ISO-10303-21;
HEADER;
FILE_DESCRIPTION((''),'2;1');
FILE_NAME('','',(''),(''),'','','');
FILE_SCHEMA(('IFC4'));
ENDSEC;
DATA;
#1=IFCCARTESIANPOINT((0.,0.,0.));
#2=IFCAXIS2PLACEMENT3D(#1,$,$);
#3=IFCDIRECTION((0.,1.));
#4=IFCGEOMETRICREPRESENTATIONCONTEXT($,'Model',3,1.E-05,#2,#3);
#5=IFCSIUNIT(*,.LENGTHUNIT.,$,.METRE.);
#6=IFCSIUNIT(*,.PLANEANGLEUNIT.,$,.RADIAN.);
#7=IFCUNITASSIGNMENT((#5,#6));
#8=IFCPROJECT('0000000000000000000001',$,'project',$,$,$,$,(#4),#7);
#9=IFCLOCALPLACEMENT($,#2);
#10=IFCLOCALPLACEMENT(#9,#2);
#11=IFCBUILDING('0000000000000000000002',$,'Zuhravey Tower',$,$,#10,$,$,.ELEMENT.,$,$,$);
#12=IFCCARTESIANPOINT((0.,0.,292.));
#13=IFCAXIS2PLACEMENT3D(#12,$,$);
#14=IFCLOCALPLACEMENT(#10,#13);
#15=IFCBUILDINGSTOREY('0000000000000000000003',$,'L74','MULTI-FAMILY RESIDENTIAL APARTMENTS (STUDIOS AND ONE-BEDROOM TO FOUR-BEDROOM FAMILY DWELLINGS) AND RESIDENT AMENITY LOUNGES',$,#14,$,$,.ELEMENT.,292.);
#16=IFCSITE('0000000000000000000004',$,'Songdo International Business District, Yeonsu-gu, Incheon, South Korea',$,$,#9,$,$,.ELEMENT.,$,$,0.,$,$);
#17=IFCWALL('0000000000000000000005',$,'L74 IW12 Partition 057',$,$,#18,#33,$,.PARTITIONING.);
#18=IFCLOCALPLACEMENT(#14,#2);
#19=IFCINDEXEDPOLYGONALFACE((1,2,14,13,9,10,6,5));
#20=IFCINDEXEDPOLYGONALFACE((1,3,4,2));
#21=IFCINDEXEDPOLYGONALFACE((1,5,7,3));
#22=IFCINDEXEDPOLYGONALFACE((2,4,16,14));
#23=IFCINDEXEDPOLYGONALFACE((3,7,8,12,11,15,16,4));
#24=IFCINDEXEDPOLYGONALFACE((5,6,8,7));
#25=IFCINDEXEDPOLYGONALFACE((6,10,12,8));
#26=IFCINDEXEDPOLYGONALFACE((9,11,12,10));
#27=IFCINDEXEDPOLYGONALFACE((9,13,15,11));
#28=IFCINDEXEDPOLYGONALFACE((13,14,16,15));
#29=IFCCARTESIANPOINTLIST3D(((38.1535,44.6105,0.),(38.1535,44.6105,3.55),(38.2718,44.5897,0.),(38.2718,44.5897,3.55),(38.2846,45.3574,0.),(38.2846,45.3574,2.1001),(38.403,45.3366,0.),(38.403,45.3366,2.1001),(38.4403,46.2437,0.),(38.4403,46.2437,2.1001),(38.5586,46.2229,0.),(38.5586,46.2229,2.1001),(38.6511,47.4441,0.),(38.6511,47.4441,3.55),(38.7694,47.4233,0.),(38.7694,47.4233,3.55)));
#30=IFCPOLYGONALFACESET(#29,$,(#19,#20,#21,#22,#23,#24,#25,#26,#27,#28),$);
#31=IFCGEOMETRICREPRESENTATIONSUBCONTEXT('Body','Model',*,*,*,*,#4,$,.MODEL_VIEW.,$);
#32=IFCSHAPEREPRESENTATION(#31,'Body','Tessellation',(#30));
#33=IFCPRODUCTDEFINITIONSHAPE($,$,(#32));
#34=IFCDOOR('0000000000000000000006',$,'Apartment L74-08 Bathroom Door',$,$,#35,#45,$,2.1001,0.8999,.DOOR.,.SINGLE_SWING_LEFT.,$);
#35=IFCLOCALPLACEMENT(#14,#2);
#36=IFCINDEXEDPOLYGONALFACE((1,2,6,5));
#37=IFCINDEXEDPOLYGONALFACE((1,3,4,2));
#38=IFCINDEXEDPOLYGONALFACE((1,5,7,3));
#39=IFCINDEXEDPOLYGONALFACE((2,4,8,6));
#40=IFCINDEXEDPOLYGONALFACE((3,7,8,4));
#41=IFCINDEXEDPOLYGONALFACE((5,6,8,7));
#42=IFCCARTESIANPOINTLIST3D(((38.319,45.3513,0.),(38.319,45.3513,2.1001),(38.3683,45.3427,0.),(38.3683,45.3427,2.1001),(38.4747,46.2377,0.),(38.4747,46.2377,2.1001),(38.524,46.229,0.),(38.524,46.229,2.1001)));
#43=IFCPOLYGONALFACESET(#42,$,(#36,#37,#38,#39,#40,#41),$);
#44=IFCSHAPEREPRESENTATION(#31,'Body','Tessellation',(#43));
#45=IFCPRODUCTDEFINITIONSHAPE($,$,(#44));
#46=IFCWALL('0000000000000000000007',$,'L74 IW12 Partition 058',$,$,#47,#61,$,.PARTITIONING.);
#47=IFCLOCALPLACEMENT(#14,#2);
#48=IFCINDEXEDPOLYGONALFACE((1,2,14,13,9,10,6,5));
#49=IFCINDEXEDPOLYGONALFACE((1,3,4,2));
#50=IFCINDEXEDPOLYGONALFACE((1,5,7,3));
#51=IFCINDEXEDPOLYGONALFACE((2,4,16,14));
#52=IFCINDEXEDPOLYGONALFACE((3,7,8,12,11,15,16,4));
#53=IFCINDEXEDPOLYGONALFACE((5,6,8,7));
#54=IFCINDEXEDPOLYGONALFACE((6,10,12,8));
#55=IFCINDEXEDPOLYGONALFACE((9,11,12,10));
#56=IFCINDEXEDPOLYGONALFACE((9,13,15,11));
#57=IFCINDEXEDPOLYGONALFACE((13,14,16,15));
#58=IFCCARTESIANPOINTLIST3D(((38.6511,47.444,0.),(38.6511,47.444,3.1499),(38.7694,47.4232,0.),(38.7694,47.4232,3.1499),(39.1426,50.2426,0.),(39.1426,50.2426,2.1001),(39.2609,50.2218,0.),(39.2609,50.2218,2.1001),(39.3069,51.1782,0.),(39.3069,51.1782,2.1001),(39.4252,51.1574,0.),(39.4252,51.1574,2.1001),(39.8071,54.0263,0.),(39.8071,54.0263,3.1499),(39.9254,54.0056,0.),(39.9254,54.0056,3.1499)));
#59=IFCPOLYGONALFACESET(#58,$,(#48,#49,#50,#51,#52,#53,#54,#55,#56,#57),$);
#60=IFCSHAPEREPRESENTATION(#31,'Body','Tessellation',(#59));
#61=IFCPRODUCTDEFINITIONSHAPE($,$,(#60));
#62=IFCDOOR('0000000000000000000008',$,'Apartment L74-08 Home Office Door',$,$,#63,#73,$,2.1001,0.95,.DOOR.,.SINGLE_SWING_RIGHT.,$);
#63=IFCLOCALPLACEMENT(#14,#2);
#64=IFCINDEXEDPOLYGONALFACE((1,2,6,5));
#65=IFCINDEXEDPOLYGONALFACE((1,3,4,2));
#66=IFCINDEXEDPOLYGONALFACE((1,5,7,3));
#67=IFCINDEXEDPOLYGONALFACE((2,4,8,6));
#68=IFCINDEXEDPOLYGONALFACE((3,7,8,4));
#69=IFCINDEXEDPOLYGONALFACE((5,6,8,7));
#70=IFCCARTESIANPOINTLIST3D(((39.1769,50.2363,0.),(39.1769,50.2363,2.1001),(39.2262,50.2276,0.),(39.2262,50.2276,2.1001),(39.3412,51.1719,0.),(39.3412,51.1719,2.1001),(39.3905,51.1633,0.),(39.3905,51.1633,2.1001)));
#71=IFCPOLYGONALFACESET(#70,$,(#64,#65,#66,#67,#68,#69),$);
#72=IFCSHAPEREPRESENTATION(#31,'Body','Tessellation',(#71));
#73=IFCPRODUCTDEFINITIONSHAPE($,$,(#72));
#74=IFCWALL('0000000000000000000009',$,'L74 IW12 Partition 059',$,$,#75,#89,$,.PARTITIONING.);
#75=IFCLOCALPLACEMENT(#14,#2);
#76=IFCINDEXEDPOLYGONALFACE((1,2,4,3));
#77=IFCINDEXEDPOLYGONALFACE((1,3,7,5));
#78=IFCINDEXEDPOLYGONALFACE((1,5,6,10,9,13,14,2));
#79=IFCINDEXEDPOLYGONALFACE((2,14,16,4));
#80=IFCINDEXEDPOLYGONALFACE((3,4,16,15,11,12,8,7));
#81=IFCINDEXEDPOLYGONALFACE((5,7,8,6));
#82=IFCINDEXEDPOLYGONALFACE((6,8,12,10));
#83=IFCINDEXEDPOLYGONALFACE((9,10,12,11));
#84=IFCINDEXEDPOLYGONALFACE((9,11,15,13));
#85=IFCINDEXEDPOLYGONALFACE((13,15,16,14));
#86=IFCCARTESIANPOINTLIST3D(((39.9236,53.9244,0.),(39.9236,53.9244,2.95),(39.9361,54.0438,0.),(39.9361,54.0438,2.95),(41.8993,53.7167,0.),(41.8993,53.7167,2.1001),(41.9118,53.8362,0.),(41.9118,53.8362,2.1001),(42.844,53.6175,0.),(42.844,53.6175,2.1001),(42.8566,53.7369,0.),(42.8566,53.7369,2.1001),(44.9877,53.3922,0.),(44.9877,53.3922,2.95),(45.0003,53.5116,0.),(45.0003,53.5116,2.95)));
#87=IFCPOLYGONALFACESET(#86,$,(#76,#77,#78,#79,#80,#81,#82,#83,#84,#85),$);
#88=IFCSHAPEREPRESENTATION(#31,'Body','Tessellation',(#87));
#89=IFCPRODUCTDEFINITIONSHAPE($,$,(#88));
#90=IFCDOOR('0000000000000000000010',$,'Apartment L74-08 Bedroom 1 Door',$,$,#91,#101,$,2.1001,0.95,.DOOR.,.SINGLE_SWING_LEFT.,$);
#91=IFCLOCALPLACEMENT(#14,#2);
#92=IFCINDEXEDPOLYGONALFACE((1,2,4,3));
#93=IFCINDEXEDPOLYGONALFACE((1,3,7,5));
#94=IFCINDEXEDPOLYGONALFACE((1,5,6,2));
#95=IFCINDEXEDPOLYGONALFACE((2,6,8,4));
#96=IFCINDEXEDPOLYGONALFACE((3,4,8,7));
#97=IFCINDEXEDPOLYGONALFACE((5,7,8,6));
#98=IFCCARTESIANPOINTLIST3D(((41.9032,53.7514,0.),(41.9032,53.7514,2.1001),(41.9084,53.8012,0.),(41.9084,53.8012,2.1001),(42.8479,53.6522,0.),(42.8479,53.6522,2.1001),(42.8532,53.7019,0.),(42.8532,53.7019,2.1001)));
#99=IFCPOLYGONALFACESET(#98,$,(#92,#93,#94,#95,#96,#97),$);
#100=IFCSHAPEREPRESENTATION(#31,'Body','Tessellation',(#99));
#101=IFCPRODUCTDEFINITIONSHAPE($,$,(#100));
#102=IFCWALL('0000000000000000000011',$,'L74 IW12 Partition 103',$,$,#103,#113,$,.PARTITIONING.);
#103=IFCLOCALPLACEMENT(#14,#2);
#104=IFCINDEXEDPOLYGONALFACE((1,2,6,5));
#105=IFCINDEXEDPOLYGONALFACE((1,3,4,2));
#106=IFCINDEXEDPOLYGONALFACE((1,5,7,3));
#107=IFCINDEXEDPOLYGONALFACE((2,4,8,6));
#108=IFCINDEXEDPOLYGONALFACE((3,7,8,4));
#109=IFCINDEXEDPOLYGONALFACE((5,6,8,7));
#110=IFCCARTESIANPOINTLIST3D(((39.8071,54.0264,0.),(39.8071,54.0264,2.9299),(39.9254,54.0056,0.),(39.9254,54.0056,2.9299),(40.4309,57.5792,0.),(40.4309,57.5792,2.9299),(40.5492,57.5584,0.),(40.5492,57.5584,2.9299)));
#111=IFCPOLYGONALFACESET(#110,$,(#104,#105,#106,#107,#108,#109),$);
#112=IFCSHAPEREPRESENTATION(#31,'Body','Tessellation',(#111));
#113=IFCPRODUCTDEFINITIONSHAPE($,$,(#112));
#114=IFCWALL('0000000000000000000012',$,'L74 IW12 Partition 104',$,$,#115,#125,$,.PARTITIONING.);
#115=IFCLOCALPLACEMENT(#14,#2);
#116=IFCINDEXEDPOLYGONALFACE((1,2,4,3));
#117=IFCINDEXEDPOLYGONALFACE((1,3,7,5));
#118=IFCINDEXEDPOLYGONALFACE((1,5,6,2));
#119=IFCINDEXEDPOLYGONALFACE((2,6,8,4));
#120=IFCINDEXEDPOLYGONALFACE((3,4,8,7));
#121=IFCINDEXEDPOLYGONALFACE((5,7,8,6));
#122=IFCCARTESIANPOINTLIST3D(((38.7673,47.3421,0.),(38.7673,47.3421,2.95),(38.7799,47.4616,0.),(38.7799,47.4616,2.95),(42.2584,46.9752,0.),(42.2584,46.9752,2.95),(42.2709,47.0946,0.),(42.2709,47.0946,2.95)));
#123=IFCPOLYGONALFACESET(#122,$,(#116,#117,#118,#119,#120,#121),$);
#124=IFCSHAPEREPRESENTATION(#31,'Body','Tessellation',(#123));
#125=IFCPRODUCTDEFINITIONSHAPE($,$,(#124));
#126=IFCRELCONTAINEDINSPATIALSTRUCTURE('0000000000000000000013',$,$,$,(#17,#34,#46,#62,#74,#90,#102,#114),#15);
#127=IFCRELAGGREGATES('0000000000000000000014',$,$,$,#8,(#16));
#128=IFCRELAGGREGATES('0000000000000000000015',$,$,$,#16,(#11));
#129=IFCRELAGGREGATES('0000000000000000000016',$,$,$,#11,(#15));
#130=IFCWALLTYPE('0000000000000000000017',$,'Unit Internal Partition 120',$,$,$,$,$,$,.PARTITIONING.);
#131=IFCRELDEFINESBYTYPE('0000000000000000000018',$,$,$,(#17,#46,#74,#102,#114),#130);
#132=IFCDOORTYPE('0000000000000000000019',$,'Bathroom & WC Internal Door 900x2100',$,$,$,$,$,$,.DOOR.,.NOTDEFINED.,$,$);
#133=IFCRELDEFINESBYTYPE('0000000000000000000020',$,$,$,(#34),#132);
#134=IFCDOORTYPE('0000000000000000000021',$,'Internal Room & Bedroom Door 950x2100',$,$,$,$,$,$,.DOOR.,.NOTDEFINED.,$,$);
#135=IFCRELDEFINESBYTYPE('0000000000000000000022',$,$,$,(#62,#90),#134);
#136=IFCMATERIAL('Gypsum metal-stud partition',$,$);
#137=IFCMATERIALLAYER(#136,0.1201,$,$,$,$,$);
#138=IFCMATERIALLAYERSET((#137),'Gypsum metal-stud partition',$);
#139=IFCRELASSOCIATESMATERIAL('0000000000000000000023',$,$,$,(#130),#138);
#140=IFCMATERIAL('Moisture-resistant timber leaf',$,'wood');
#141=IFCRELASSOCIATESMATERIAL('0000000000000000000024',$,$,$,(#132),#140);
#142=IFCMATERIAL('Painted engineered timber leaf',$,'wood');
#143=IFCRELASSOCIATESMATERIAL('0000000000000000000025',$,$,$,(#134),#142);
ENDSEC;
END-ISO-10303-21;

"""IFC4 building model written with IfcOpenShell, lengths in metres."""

from ifc_helpers import new_model, si_unit, direction, frame, frame_2d, origin, place, context, subcontext, project, spatial, rectangle, extrude, material, layer, layer_set, type_object, element, fill, save


model = new_model("IFC4")

# Units and contexts
model_context = context("Model", 3, precision=1e-05, world=origin(), true_north=direction((0.0, 1.0)))
body_context = subcontext(model_context, "Body", "Model", "MODEL_VIEW")
ifc_project = project(units=[si_unit("LENGTHUNIT", "METRE"), si_unit("PLANEANGLEUNIT", "RADIAN")], contexts=[model_context])

# Site, building, storey
site_placement = place(None, origin())
site = spatial("IfcSite", under=ifc_project, at=site_placement, Name="Songdo International Business District, Yeonsu-gu, Incheon, South Korea", CompositionType="ELEMENT", RefElevation=0.0)
building_placement = place(site_placement, origin())
building = spatial("IfcBuilding", under=site, at=building_placement, Name="Zuhravey Tower", CompositionType="ELEMENT")
storey_placement = place(building_placement, frame((0.0, 0.0, 292.0)))
storey = spatial("IfcBuildingStorey", under=building, at=storey_placement, Name="L74", Description="MULTI-FAMILY RESIDENTIAL APARTMENTS (STUDIOS AND ONE-BEDROOM TO FOUR-BEDROOM FAMILY DWELLINGS) AND RESIDENT AMENITY LOUNGES", CompositionType="ELEMENT", Elevation=292.0)

# Walls, openings, doors
ifc_material_1 = material(Name="Gypsum metal-stud partition")
ifc_layer_1 = layer(ifc_material_1, 0.1201)
ifc_layer_set_1 = layer_set([ifc_layer_1], Name="Gypsum metal-stud partition")
wall_type_1 = type_object("IfcWallType", Name="Unit Internal Partition 120", PredefinedType="PARTITIONING", material=ifc_layer_set_1)
ifc_material_2 = material(Name="Moisture-resistant timber leaf", Category="wood")
door_type_1 = type_object("IfcDoorType", Name="Bathroom & WC Internal Door 900x2100", OperationType="NOTDEFINED", PredefinedType="DOOR", material=ifc_material_2)
wall_1_placement = place(storey_placement, frame((38.2126, 44.6001, 0.0), z_axis=(0.0, 0.0, 1.0), x_axis=(0.172953, 0.98493, 0.0)))
wall_1 = element("IfcWall", 1, at=wall_1_placement, inside=storey, type_object=wall_type_1, Name="L74 IW12 Partition 057", PredefinedType="PARTITIONING", context=body_context, shape_type="SweptSolid", body=[
    extrude(rectangle(XDim=2.877, YDim=0.1201, at=frame_2d((1.4385, 0.0))), origin(), (0.0, 0.0, 1.0), 3.55),
])
opening_1_placement = place(wall_1_placement, frame((0.7583, 0.0, 0.0)))
opening_1 = element("IfcOpeningElement", 2, at=opening_1_placement, cuts=wall_1, PredefinedType="OPENING", context=body_context, shape_type="SweptSolid", body=[
    extrude(rectangle(XDim=0.8999, YDim=2.1001, at=frame_2d((0.45, 1.05))), frame((0.0, 0.072, 0.0), z_axis=(0.0, -1.0, 0.0), x_axis=(1.0, 0.0, 0.0)), (0.0, 0.0, 1.0), 0.144),
])
door_1_placement = place(opening_1_placement, frame((0.8999, 0.0, 0.0), z_axis=(0.0, 0.0, 1.0), x_axis=(-1.0, 0.0, 0.0)))
door_1 = element("IfcDoor", 3, at=door_1_placement, inside=storey, type_object=door_type_1, Name="Apartment L74-08 Bathroom Door", OperationType="SINGLE_SWING_LEFT", OverallHeight=2.1001, OverallWidth=0.8999, PredefinedType="DOOR", context=body_context, shape_type="SweptSolid", body=[
    extrude(rectangle(XDim=0.8999, YDim=2.1001, at=frame_2d((0.45, 1.05))), frame((0.0, 0.0249, 0.0), z_axis=(0.0, -1.0, 0.0), x_axis=(1.0, 0.0, 0.0)), (0.0, 0.0, 1.0), 0.05),
])
fill(opening_1, door_1)
wall_2_placement = place(storey_placement, frame((38.7102, 47.4336, 0.0), z_axis=(0.0, 0.0, 1.0), x_axis=(0.172977, 0.984926, 0.0)))
wall_2 = element("IfcWall", 4, at=wall_2_placement, inside=storey, type_object=wall_type_1, Name="L74 IW12 Partition 058", PredefinedType="PARTITIONING", context=body_context, shape_type="SweptSolid", body=[
    extrude(rectangle(XDim=6.6831, YDim=0.1201, at=frame_2d((3.3416, 0.0))), origin(), (0.0, 0.0, 1.0), 3.1499),
])
opening_2_placement = place(wall_2_placement, frame((2.8413, 0.0, 0.0)))
opening_2 = element("IfcOpeningElement", 5, at=opening_2_placement, cuts=wall_2, PredefinedType="OPENING", context=body_context, shape_type="SweptSolid", body=[
    extrude(rectangle(XDim=0.95, YDim=2.1001, at=frame_2d((0.4751, 1.05))), frame((0.0, 0.072, 0.0), z_axis=(0.0, -1.0, 0.0), x_axis=(1.0, 0.0, 0.0)), (0.0, 0.0, 1.0), 0.144),
])
ifc_material_3 = material(Name="Painted engineered timber leaf", Category="wood")
door_type_2 = type_object("IfcDoorType", Name="Internal Room & Bedroom Door 950x2100", OperationType="NOTDEFINED", PredefinedType="DOOR", material=ifc_material_3)
door_2_placement = place(opening_2_placement, frame((0.95, 0.0, 0.0), z_axis=(0.0, 0.0, 1.0), x_axis=(-1.0, 0.0, 0.0)))
door_2 = element("IfcDoor", 6, at=door_2_placement, inside=storey, type_object=door_type_2, Name="Apartment L74-08 Home Office Door", OperationType="SINGLE_SWING_RIGHT", OverallHeight=2.1001, OverallWidth=0.95, PredefinedType="DOOR", context=body_context, shape_type="SweptSolid", body=[
    extrude(rectangle(XDim=0.95, YDim=2.1001, at=frame_2d((0.4751, 1.05))), frame((0.0, 0.0249, 0.0), z_axis=(0.0, -1.0, 0.0), x_axis=(1.0, 0.0, 0.0)), (0.0, 0.0, 1.0), 0.05),
])
fill(opening_2, door_2)
wall_3_placement = place(storey_placement, frame((44.9939, 53.4519, 0.0), z_axis=(0.0, 0.0, 1.0), x_axis=(-0.994523, 0.10452, 0.0)))
wall_3 = element("IfcWall", 7, at=wall_3_placement, inside=storey, type_object=wall_type_1, Name="L74 IW12 Partition 059", PredefinedType="PARTITIONING", context=body_context, shape_type="SweptSolid", body=[
    extrude(rectangle(XDim=5.092, YDim=0.1201, at=frame_2d((2.5459, 0.0))), origin(), (0.0, 0.0, 1.0), 2.95),
])
opening_3_placement = place(wall_3_placement, frame((2.1553, 0.0, 0.0)))
opening_3 = element("IfcOpeningElement", 8, at=opening_3_placement, cuts=wall_3, PredefinedType="OPENING", context=body_context, shape_type="SweptSolid", body=[
    extrude(rectangle(XDim=0.95, YDim=2.1001, at=frame_2d((0.4751, 1.05))), frame((0.0, 0.072, 0.0), z_axis=(0.0, -1.0, 0.0), x_axis=(1.0, 0.0, 0.0)), (0.0, 0.0, 1.0), 0.144),
])
door_3_placement = place(opening_3_placement, frame((0.95, 0.0, 0.0), z_axis=(0.0, 0.0, 1.0), x_axis=(-1.0, 0.0, 0.0)))
door_3 = element("IfcDoor", 9, at=door_3_placement, inside=storey, type_object=door_type_2, Name="Apartment L74-08 Bedroom 1 Door", OperationType="SINGLE_SWING_LEFT", OverallHeight=2.1001, OverallWidth=0.95, PredefinedType="DOOR", context=body_context, shape_type="SweptSolid", body=[
    extrude(rectangle(XDim=0.95, YDim=2.1001, at=frame_2d((0.4751, 1.05))), frame((0.0, 0.0249, 0.0), z_axis=(0.0, -1.0, 0.0), x_axis=(1.0, 0.0, 0.0)), (0.0, 0.0, 1.0), 0.05),
])
fill(opening_3, door_3)

# Walls
wall_4_placement = place(storey_placement, frame((39.8662, 54.0159, 0.0), z_axis=(0.0, 0.0, 1.0), x_axis=(0.172932, 0.984934, 0.0)))
element("IfcWall", 10, at=wall_4_placement, inside=storey, type_object=wall_type_1, Name="L74 IW12 Partition 103", PredefinedType="PARTITIONING", context=body_context, shape_type="SweptSolid", body=[
    extrude(rectangle(XDim=3.6072, YDim=0.1201, at=frame_2d((1.8037, 0.0))), origin(), (0.0, 0.0, 1.0), 2.9299),
])
wall_5_placement = place(storey_placement, frame((42.2646, 47.0349, 0.0), z_axis=(0.0, 0.0, 1.0), x_axis=(-0.994521, 0.104536, 0.0)))
element("IfcWall", 11, at=wall_5_placement, inside=storey, type_object=wall_type_1, Name="L74 IW12 Partition 104", PredefinedType="PARTITIONING", context=body_context, shape_type="SweptSolid", body=[
    extrude(rectangle(XDim=3.5103, YDim=0.1201, at=frame_2d((1.7551, 0.0))), origin(), (0.0, 0.0, 1.0), 2.95),
])

save(model, "model.ifc")
